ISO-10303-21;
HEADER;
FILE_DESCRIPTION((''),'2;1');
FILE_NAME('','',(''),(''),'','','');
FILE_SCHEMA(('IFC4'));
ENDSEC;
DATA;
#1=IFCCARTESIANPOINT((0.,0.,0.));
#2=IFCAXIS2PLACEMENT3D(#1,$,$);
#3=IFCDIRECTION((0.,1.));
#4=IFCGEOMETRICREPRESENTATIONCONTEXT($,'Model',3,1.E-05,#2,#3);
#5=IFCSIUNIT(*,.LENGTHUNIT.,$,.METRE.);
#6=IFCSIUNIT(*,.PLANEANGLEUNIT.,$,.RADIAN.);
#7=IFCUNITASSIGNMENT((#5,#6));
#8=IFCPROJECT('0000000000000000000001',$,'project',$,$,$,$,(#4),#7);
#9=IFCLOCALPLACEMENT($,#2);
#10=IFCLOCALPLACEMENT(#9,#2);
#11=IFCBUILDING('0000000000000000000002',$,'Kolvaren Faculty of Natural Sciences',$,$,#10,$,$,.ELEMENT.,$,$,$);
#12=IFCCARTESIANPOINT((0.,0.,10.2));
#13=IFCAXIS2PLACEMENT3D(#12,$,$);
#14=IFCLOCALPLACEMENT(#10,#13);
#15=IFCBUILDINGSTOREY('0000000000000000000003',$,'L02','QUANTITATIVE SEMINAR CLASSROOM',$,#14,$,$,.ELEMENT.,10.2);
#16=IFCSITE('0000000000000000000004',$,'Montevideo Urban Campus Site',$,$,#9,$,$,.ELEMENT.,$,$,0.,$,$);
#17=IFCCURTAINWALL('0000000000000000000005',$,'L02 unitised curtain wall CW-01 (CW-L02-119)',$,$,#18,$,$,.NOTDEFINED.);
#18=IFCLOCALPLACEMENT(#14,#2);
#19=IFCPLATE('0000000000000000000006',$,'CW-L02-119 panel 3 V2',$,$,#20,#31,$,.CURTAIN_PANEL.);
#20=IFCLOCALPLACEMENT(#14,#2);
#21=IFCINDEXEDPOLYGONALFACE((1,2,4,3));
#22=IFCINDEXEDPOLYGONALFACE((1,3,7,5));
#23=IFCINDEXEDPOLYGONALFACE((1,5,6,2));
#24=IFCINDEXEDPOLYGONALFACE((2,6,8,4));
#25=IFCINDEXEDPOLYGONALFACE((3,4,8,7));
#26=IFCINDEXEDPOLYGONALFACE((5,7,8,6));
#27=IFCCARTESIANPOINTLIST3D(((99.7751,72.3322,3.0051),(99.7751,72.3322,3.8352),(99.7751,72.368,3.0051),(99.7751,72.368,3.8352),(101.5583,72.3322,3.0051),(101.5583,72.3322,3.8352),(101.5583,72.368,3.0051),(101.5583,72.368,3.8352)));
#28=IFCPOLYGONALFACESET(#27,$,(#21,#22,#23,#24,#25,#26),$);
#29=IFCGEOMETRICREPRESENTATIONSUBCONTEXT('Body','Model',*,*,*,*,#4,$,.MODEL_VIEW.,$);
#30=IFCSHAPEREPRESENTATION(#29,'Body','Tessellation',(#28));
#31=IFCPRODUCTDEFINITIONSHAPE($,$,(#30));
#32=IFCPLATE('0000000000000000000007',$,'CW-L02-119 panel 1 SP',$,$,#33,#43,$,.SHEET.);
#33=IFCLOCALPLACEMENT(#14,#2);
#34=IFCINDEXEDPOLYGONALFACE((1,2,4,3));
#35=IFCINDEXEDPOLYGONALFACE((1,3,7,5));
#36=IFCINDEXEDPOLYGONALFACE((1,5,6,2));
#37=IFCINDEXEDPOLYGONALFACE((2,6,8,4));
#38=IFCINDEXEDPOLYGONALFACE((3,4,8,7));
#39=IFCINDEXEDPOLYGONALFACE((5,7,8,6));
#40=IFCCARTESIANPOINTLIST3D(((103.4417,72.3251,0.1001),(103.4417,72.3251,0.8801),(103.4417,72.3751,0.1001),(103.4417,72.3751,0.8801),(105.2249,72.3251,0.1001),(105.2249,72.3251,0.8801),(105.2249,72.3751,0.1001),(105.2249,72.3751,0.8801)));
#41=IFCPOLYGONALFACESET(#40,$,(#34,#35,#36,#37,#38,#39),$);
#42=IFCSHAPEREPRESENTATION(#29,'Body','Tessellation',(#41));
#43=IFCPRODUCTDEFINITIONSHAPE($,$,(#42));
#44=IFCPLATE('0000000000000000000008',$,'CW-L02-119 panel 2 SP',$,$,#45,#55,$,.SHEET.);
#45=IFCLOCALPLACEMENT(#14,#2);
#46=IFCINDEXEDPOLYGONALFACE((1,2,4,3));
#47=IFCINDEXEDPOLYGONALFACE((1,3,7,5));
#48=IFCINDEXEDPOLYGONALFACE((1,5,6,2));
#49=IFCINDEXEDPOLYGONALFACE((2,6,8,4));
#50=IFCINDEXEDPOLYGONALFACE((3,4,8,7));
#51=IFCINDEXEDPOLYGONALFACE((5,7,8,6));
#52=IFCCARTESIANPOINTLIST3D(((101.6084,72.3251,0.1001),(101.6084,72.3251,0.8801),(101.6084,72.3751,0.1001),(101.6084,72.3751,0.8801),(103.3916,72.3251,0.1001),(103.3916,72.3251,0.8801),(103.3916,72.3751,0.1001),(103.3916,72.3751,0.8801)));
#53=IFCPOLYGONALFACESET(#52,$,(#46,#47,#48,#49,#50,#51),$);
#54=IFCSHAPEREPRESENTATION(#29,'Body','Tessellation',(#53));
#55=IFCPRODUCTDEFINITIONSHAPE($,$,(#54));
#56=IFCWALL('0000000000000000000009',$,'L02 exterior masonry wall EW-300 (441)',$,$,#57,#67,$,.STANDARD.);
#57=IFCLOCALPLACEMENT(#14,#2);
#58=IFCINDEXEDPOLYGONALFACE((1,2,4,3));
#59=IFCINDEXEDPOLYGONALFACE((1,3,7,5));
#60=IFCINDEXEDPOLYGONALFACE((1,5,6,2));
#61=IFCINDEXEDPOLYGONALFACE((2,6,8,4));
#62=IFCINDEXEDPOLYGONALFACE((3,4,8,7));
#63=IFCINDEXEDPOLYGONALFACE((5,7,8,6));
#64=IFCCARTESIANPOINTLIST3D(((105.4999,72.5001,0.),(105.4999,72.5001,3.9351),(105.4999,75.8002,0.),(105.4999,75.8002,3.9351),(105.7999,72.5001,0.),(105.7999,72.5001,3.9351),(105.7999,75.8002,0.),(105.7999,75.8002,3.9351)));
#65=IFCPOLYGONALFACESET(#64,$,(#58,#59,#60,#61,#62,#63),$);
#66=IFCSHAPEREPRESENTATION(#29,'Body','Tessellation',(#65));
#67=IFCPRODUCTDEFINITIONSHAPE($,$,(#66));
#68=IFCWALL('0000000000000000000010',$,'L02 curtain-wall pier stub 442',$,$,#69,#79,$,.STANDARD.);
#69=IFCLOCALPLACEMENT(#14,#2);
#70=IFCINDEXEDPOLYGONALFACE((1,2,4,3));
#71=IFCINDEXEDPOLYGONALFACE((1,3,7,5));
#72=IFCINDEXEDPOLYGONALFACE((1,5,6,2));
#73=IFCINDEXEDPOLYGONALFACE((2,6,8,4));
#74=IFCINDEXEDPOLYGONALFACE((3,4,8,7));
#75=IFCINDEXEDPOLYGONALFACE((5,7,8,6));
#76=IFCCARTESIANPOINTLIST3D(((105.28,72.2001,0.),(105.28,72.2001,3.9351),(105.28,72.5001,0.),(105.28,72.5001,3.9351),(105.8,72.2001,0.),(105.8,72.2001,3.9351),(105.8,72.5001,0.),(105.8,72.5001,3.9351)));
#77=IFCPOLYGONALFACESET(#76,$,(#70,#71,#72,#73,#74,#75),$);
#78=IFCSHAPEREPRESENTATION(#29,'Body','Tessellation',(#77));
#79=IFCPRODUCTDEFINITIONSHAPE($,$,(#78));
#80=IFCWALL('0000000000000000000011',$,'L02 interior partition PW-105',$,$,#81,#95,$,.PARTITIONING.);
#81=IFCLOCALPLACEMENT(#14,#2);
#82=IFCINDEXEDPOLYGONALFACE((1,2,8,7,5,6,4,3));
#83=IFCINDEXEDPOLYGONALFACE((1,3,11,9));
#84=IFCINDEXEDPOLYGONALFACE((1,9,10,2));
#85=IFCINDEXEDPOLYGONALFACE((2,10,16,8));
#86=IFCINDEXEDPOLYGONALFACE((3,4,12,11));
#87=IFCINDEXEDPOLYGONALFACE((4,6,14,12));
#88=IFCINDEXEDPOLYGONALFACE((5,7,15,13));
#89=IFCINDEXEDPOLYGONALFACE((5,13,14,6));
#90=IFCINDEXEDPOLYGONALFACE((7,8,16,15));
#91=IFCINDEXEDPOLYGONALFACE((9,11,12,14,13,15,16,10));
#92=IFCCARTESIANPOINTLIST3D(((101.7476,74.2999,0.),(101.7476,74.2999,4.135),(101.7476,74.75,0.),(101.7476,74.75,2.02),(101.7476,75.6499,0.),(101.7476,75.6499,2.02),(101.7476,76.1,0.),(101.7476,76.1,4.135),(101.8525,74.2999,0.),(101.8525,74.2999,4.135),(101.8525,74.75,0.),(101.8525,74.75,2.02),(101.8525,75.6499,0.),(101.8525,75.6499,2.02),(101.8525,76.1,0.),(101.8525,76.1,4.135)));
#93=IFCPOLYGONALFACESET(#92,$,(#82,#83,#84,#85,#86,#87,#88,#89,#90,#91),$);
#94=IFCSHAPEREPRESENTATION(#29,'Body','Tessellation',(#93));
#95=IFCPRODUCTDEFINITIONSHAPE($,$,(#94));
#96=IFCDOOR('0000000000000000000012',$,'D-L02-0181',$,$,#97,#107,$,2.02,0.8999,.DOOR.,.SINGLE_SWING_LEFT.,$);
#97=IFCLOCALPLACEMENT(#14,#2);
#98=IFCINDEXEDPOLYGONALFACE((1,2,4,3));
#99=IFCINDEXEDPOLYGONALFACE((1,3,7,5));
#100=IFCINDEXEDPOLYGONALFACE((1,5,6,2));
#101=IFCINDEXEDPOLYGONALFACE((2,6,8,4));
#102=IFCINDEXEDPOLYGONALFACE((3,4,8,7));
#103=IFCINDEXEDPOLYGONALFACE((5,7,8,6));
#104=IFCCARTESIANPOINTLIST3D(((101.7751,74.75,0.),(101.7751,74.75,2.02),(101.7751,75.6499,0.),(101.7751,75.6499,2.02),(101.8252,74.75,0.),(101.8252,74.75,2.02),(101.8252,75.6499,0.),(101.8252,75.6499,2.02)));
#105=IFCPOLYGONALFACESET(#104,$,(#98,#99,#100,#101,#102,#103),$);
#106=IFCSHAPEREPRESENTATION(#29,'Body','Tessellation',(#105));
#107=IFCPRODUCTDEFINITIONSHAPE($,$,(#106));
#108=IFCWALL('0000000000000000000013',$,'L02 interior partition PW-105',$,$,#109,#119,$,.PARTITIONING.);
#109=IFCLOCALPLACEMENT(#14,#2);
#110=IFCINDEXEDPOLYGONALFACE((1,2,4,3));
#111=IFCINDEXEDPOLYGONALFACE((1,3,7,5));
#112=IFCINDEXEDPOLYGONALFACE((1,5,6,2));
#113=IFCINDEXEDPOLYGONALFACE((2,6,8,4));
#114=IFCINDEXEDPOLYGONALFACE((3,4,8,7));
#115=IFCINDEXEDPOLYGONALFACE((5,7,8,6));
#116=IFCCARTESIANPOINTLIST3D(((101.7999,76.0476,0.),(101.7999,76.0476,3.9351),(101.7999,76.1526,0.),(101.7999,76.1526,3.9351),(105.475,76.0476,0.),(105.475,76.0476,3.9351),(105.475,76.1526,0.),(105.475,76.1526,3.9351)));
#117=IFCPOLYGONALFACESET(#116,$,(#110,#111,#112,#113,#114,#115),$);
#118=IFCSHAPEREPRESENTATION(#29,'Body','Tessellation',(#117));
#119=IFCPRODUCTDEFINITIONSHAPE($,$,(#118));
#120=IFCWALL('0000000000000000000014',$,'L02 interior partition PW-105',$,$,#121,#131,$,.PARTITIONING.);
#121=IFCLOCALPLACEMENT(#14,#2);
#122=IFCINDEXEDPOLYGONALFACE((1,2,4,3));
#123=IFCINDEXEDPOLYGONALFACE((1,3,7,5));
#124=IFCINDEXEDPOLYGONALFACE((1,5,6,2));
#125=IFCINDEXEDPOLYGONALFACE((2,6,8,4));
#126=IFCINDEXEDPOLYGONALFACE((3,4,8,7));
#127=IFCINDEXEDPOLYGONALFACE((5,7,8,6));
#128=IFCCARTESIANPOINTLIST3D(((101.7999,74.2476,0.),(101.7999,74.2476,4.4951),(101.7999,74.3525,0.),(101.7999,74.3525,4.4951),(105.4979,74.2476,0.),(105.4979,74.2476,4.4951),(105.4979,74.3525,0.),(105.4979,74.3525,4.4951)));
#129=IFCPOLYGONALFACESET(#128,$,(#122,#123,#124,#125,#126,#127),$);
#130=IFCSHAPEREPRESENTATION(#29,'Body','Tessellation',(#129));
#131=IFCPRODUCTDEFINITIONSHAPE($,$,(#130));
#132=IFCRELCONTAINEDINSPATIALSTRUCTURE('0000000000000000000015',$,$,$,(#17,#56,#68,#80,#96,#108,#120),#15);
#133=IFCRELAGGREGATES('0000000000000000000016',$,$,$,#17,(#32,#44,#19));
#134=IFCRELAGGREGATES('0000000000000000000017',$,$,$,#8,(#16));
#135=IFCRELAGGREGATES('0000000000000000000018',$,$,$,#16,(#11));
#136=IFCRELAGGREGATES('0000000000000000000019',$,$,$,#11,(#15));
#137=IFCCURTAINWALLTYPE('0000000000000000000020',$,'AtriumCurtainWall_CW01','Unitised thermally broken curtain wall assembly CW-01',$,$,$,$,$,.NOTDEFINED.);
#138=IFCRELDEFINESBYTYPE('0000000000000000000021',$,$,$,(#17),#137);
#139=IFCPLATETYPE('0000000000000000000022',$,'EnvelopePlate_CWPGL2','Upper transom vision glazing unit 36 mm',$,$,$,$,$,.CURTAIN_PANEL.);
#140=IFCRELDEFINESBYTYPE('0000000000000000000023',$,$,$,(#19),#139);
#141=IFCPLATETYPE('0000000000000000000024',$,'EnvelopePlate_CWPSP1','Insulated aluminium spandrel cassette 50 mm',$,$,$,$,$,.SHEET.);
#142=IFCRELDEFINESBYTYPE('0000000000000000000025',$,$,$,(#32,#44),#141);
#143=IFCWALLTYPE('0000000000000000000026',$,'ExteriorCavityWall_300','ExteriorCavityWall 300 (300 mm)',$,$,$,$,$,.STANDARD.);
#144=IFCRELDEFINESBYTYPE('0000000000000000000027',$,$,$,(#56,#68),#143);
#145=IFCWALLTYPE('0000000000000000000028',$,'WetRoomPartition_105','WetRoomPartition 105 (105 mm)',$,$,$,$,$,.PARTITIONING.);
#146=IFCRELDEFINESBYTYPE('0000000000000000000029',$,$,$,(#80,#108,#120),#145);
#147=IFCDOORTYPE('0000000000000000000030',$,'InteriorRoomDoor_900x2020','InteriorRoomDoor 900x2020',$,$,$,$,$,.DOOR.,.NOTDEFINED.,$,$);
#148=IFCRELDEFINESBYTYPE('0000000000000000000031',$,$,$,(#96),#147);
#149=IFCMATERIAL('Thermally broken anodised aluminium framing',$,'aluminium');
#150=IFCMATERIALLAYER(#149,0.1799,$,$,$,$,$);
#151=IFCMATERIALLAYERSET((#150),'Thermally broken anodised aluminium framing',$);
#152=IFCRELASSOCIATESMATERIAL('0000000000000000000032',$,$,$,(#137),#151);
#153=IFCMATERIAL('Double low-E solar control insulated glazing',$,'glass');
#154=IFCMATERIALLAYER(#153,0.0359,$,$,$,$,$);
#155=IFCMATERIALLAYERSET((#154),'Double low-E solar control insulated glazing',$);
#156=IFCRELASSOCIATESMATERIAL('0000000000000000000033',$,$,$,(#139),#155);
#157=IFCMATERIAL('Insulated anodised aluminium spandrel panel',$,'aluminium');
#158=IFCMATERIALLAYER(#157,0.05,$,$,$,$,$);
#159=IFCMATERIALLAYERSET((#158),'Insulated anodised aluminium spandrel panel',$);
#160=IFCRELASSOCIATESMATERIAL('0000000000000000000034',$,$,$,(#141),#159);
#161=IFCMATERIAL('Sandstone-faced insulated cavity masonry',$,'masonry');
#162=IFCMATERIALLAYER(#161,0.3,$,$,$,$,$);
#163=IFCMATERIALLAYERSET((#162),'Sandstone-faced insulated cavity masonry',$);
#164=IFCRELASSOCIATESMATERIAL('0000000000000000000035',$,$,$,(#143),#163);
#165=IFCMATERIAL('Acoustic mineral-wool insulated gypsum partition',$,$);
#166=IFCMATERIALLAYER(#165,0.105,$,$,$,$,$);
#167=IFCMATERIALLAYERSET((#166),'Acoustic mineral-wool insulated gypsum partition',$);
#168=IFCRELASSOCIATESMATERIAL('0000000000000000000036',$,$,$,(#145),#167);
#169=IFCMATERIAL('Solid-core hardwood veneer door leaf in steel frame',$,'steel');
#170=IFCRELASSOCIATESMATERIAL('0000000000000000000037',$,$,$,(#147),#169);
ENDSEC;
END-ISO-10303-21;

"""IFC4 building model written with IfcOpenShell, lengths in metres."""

from ifc_helpers import new_model, si_unit, direction, frame, frame_2d, origin, origin_2d, place, context, subcontext, project, spatial, rectangle, extrude, material, layer, layer_set, type_object, element, fill, aggregate, save


model = new_model("IFC4")

# Units and contexts
model_context = context("Model", 3, precision=1e-05, world=origin(), true_north=direction((0.0, 1.0)))
body_context = subcontext(model_context, "Body", "Model", "MODEL_VIEW")
ifc_project = project(units=[si_unit("LENGTHUNIT", "METRE"), si_unit("PLANEANGLEUNIT", "RADIAN")], contexts=[model_context])

# Site, building, storey
site_placement = place(None, origin())
site = spatial("IfcSite", under=ifc_project, at=site_placement, Name="Montevideo Urban Campus Site", CompositionType="ELEMENT", RefElevation=0.0)
building_placement = place(site_placement, origin())
building = spatial("IfcBuilding", under=site, at=building_placement, Name="Kolvaren Faculty of Natural Sciences", CompositionType="ELEMENT")
storey_placement = place(building_placement, frame((0.0, 0.0, 10.2)))
storey = spatial("IfcBuildingStorey", under=building, at=storey_placement, Name="L02", Description="QUANTITATIVE SEMINAR CLASSROOM", CompositionType="ELEMENT", Elevation=10.2)

# Curtain wall
ifc_material_1 = material(Name="Thermally broken anodised aluminium framing", Category="aluminium")
ifc_layer_1 = layer(ifc_material_1, 0.1799)
ifc_layer_set_1 = layer_set([ifc_layer_1], Name="Thermally broken anodised aluminium framing")
curtain_wall_type = type_object("IfcCurtainWallType", Name="AtriumCurtainWall_CW01", Description="Unitised thermally broken curtain wall assembly CW-01", PredefinedType="NOTDEFINED", material=ifc_layer_set_1)
curtain_wall_placement = place(storey_placement, origin())
curtain_wall = element("IfcCurtainWall", 1, at=curtain_wall_placement, inside=storey, type_object=curtain_wall_type, Name="L02 unitised curtain wall CW-01 (CW-L02-119)", PredefinedType="NOTDEFINED")

# Plates
ifc_material_2 = material(Name="Double low-E solar control insulated glazing", Category="glass")
ifc_layer_2 = layer(ifc_material_2, 0.0359)
ifc_layer_set_2 = layer_set([ifc_layer_2], Name="Double low-E solar control insulated glazing")
plate_type_1 = type_object("IfcPlateType", Name="EnvelopePlate_CWPGL2", Description="Upper transom vision glazing unit 36 mm", PredefinedType="CURTAIN_PANEL", material=ifc_layer_set_2)
plate_1_placement = place(storey_placement, frame((100.6667, 72.3501, 3.0051), z_axis=(0.0, 0.0, 1.0), x_axis=(-1.0, 0.0, 0.0)))
plate_1 = element("IfcPlate", 2, at=plate_1_placement, type_object=plate_type_1, Name="CW-L02-119 panel 3 V2", PredefinedType="CURTAIN_PANEL", context=body_context, shape_type="SweptSolid", body=[
    extrude(rectangle(XDim=1.7832, YDim=0.0359, at=origin_2d()), origin(), (0.0, 0.0, 1.0), 0.8301),
])
ifc_material_3 = material(Name="Insulated anodised aluminium spandrel panel", Category="aluminium")
ifc_layer_3 = layer(ifc_material_3, 0.05)
ifc_layer_set_3 = layer_set([ifc_layer_3], Name="Insulated anodised aluminium spandrel panel")
plate_type_2 = type_object("IfcPlateType", Name="EnvelopePlate_CWPSP1", Description="Insulated aluminium spandrel cassette 50 mm", PredefinedType="SHEET", material=ifc_layer_set_3)
plate_2_placement = place(storey_placement, frame((104.3333, 72.3501, 0.1001), z_axis=(0.0, 0.0, 1.0), x_axis=(-1.0, 0.0, 0.0)))
plate_2 = element("IfcPlate", 3, at=plate_2_placement, type_object=plate_type_2, Name="CW-L02-119 panel 1 SP", PredefinedType="SHEET", context=body_context, shape_type="SweptSolid", body=[
    extrude(rectangle(XDim=1.7832, YDim=0.05, at=origin_2d()), origin(), (0.0, 0.0, 1.0), 0.78),
])
plate_3_placement = place(storey_placement, frame((102.5, 72.3501, 0.1001), z_axis=(0.0, 0.0, 1.0), x_axis=(-1.0, 0.0, 0.0)))
plate_3 = element("IfcPlate", 4, at=plate_3_placement, type_object=plate_type_2, Name="CW-L02-119 panel 2 SP", PredefinedType="SHEET", context=body_context, shape_type="SweptSolid", body=[
    extrude(rectangle(XDim=1.7832, YDim=0.05, at=origin_2d()), origin(), (0.0, 0.0, 1.0), 0.78),
])
aggregate(curtain_wall, [plate_2, plate_3, plate_1])

# Walls
ifc_material_4 = material(Name="Sandstone-faced insulated cavity masonry", Category="masonry")
ifc_layer_4 = layer(ifc_material_4, 0.3)
ifc_layer_set_4 = layer_set([ifc_layer_4], Name="Sandstone-faced insulated cavity masonry")
wall_type_1 = type_object("IfcWallType", Name="ExteriorCavityWall_300", Description="ExteriorCavityWall 300 (300 mm)", PredefinedType="STANDARD", material=ifc_layer_set_4)
wall_1_placement = place(storey_placement, frame((105.6499, 75.8, 0.0), z_axis=(0.0, 0.0, 1.0), x_axis=(0.0, -1.0, 0.0)))
element("IfcWall", 5, at=wall_1_placement, inside=storey, type_object=wall_type_1, Name="L02 exterior masonry wall EW-300 (441)", PredefinedType="STANDARD", context=body_context, shape_type="SweptSolid", body=[
    extrude(rectangle(XDim=3.3, YDim=0.3, at=frame_2d((1.6499, 0.0))), origin(), (0.0, 0.0, 1.0), 3.9351),
])
wall_2_placement = place(storey_placement, frame((105.8, 72.3501, 0.0), z_axis=(0.0, 0.0, 1.0), x_axis=(-1.0, 0.0, 0.0)))
element("IfcWall", 6, at=wall_2_placement, inside=storey, type_object=wall_type_1, Name="L02 curtain-wall pier stub 442", PredefinedType="STANDARD", context=body_context, shape_type="SweptSolid", body=[
    extrude(rectangle(XDim=0.52, YDim=0.3, at=frame_2d((0.26, 0.0))), origin(), (0.0, 0.0, 1.0), 3.9351),
])

# Wall, opening, door
ifc_material_5 = material(Name="Acoustic mineral-wool insulated gypsum partition")
ifc_layer_5 = layer(ifc_material_5, 0.105)
ifc_layer_set_5 = layer_set([ifc_layer_5], Name="Acoustic mineral-wool insulated gypsum partition")
wall_type_2 = type_object("IfcWallType", Name="WetRoomPartition_105", Description="WetRoomPartition 105 (105 mm)", PredefinedType="PARTITIONING", material=ifc_layer_set_5)
wall_3_placement = place(storey_placement, frame((101.8, 74.3, 0.0), z_axis=(0.0, 0.0, 1.0), x_axis=(0.0, 1.0, 0.0)))
wall_3 = element("IfcWall", 7, at=wall_3_placement, inside=storey, type_object=wall_type_2, Name="L02 interior partition PW-105", PredefinedType="PARTITIONING", context=body_context, shape_type="SweptSolid", body=[
    extrude(rectangle(XDim=1.8, YDim=0.105, at=frame_2d((0.8999, 0.0))), origin(), (0.0, 0.0, 1.0), 4.135),
])
opening_placement = place(wall_3_placement, frame((0.45, 0.0, 0.0)))
opening = element("IfcOpeningElement", 8, at=opening_placement, cuts=wall_3, PredefinedType="OPENING", context=body_context, shape_type="SweptSolid", body=[
    extrude(rectangle(XDim=0.8999, YDim=2.02, at=frame_2d((0.45, 1.01))), frame((0.0, 0.0625, 0.0), z_axis=(0.0, -1.0, 0.0), x_axis=(1.0, 0.0, 0.0)), (0.0, 0.0, 1.0), 0.125),
])
ifc_material_6 = material(Name="Solid-core hardwood veneer door leaf in steel frame", Category="steel")
door_type = type_object("IfcDoorType", Name="InteriorRoomDoor_900x2020", Description="InteriorRoomDoor 900x2020", OperationType="NOTDEFINED", PredefinedType="DOOR", material=ifc_material_6)
door_placement = place(opening_placement, origin())
door = element("IfcDoor", 9, at=door_placement, inside=storey, type_object=door_type, Name="D-L02-0181", OperationType="SINGLE_SWING_LEFT", OverallHeight=2.02, OverallWidth=0.8999, PredefinedType="DOOR", context=body_context, shape_type="SweptSolid", body=[
    extrude(rectangle(XDim=0.8999, YDim=2.02, at=frame_2d((0.45, 1.01))), frame((0.0, 0.0249, 0.0), z_axis=(0.0, -1.0, 0.0), x_axis=(1.0, 0.0, 0.0)), (0.0, 0.0, 1.0), 0.05),
])
fill(opening, door)

# Walls
wall_4_placement = place(storey_placement, frame((101.8, 76.1001, 0.0), z_axis=(0.0, 0.0, 1.0), x_axis=(1.0, 0.0, 0.0)))
element("IfcWall", 10, at=wall_4_placement, inside=storey, type_object=wall_type_2, Name="L02 interior partition PW-105", PredefinedType="PARTITIONING", context=body_context, shape_type="SweptSolid", body=[
    extrude(rectangle(XDim=3.675, YDim=0.105, at=frame_2d((1.8374, 0.0))), origin(), (0.0, 0.0, 1.0), 3.9351),
])
wall_5_placement = place(storey_placement, frame((105.498, 74.3, 0.0), z_axis=(0.0, 0.0, 1.0), x_axis=(-1.0, 0.0, 0.0)))
element("IfcWall", 11, at=wall_5_placement, inside=storey, type_object=wall_type_2, Name="L02 interior partition PW-105", PredefinedType="PARTITIONING", context=body_context, shape_type="SweptSolid", body=[
    extrude(rectangle(XDim=3.698, YDim=0.105, at=frame_2d((1.8491, 0.0))), origin(), (0.0, 0.0, 1.0), 4.4951),
])

save(model, "model.ifc")
